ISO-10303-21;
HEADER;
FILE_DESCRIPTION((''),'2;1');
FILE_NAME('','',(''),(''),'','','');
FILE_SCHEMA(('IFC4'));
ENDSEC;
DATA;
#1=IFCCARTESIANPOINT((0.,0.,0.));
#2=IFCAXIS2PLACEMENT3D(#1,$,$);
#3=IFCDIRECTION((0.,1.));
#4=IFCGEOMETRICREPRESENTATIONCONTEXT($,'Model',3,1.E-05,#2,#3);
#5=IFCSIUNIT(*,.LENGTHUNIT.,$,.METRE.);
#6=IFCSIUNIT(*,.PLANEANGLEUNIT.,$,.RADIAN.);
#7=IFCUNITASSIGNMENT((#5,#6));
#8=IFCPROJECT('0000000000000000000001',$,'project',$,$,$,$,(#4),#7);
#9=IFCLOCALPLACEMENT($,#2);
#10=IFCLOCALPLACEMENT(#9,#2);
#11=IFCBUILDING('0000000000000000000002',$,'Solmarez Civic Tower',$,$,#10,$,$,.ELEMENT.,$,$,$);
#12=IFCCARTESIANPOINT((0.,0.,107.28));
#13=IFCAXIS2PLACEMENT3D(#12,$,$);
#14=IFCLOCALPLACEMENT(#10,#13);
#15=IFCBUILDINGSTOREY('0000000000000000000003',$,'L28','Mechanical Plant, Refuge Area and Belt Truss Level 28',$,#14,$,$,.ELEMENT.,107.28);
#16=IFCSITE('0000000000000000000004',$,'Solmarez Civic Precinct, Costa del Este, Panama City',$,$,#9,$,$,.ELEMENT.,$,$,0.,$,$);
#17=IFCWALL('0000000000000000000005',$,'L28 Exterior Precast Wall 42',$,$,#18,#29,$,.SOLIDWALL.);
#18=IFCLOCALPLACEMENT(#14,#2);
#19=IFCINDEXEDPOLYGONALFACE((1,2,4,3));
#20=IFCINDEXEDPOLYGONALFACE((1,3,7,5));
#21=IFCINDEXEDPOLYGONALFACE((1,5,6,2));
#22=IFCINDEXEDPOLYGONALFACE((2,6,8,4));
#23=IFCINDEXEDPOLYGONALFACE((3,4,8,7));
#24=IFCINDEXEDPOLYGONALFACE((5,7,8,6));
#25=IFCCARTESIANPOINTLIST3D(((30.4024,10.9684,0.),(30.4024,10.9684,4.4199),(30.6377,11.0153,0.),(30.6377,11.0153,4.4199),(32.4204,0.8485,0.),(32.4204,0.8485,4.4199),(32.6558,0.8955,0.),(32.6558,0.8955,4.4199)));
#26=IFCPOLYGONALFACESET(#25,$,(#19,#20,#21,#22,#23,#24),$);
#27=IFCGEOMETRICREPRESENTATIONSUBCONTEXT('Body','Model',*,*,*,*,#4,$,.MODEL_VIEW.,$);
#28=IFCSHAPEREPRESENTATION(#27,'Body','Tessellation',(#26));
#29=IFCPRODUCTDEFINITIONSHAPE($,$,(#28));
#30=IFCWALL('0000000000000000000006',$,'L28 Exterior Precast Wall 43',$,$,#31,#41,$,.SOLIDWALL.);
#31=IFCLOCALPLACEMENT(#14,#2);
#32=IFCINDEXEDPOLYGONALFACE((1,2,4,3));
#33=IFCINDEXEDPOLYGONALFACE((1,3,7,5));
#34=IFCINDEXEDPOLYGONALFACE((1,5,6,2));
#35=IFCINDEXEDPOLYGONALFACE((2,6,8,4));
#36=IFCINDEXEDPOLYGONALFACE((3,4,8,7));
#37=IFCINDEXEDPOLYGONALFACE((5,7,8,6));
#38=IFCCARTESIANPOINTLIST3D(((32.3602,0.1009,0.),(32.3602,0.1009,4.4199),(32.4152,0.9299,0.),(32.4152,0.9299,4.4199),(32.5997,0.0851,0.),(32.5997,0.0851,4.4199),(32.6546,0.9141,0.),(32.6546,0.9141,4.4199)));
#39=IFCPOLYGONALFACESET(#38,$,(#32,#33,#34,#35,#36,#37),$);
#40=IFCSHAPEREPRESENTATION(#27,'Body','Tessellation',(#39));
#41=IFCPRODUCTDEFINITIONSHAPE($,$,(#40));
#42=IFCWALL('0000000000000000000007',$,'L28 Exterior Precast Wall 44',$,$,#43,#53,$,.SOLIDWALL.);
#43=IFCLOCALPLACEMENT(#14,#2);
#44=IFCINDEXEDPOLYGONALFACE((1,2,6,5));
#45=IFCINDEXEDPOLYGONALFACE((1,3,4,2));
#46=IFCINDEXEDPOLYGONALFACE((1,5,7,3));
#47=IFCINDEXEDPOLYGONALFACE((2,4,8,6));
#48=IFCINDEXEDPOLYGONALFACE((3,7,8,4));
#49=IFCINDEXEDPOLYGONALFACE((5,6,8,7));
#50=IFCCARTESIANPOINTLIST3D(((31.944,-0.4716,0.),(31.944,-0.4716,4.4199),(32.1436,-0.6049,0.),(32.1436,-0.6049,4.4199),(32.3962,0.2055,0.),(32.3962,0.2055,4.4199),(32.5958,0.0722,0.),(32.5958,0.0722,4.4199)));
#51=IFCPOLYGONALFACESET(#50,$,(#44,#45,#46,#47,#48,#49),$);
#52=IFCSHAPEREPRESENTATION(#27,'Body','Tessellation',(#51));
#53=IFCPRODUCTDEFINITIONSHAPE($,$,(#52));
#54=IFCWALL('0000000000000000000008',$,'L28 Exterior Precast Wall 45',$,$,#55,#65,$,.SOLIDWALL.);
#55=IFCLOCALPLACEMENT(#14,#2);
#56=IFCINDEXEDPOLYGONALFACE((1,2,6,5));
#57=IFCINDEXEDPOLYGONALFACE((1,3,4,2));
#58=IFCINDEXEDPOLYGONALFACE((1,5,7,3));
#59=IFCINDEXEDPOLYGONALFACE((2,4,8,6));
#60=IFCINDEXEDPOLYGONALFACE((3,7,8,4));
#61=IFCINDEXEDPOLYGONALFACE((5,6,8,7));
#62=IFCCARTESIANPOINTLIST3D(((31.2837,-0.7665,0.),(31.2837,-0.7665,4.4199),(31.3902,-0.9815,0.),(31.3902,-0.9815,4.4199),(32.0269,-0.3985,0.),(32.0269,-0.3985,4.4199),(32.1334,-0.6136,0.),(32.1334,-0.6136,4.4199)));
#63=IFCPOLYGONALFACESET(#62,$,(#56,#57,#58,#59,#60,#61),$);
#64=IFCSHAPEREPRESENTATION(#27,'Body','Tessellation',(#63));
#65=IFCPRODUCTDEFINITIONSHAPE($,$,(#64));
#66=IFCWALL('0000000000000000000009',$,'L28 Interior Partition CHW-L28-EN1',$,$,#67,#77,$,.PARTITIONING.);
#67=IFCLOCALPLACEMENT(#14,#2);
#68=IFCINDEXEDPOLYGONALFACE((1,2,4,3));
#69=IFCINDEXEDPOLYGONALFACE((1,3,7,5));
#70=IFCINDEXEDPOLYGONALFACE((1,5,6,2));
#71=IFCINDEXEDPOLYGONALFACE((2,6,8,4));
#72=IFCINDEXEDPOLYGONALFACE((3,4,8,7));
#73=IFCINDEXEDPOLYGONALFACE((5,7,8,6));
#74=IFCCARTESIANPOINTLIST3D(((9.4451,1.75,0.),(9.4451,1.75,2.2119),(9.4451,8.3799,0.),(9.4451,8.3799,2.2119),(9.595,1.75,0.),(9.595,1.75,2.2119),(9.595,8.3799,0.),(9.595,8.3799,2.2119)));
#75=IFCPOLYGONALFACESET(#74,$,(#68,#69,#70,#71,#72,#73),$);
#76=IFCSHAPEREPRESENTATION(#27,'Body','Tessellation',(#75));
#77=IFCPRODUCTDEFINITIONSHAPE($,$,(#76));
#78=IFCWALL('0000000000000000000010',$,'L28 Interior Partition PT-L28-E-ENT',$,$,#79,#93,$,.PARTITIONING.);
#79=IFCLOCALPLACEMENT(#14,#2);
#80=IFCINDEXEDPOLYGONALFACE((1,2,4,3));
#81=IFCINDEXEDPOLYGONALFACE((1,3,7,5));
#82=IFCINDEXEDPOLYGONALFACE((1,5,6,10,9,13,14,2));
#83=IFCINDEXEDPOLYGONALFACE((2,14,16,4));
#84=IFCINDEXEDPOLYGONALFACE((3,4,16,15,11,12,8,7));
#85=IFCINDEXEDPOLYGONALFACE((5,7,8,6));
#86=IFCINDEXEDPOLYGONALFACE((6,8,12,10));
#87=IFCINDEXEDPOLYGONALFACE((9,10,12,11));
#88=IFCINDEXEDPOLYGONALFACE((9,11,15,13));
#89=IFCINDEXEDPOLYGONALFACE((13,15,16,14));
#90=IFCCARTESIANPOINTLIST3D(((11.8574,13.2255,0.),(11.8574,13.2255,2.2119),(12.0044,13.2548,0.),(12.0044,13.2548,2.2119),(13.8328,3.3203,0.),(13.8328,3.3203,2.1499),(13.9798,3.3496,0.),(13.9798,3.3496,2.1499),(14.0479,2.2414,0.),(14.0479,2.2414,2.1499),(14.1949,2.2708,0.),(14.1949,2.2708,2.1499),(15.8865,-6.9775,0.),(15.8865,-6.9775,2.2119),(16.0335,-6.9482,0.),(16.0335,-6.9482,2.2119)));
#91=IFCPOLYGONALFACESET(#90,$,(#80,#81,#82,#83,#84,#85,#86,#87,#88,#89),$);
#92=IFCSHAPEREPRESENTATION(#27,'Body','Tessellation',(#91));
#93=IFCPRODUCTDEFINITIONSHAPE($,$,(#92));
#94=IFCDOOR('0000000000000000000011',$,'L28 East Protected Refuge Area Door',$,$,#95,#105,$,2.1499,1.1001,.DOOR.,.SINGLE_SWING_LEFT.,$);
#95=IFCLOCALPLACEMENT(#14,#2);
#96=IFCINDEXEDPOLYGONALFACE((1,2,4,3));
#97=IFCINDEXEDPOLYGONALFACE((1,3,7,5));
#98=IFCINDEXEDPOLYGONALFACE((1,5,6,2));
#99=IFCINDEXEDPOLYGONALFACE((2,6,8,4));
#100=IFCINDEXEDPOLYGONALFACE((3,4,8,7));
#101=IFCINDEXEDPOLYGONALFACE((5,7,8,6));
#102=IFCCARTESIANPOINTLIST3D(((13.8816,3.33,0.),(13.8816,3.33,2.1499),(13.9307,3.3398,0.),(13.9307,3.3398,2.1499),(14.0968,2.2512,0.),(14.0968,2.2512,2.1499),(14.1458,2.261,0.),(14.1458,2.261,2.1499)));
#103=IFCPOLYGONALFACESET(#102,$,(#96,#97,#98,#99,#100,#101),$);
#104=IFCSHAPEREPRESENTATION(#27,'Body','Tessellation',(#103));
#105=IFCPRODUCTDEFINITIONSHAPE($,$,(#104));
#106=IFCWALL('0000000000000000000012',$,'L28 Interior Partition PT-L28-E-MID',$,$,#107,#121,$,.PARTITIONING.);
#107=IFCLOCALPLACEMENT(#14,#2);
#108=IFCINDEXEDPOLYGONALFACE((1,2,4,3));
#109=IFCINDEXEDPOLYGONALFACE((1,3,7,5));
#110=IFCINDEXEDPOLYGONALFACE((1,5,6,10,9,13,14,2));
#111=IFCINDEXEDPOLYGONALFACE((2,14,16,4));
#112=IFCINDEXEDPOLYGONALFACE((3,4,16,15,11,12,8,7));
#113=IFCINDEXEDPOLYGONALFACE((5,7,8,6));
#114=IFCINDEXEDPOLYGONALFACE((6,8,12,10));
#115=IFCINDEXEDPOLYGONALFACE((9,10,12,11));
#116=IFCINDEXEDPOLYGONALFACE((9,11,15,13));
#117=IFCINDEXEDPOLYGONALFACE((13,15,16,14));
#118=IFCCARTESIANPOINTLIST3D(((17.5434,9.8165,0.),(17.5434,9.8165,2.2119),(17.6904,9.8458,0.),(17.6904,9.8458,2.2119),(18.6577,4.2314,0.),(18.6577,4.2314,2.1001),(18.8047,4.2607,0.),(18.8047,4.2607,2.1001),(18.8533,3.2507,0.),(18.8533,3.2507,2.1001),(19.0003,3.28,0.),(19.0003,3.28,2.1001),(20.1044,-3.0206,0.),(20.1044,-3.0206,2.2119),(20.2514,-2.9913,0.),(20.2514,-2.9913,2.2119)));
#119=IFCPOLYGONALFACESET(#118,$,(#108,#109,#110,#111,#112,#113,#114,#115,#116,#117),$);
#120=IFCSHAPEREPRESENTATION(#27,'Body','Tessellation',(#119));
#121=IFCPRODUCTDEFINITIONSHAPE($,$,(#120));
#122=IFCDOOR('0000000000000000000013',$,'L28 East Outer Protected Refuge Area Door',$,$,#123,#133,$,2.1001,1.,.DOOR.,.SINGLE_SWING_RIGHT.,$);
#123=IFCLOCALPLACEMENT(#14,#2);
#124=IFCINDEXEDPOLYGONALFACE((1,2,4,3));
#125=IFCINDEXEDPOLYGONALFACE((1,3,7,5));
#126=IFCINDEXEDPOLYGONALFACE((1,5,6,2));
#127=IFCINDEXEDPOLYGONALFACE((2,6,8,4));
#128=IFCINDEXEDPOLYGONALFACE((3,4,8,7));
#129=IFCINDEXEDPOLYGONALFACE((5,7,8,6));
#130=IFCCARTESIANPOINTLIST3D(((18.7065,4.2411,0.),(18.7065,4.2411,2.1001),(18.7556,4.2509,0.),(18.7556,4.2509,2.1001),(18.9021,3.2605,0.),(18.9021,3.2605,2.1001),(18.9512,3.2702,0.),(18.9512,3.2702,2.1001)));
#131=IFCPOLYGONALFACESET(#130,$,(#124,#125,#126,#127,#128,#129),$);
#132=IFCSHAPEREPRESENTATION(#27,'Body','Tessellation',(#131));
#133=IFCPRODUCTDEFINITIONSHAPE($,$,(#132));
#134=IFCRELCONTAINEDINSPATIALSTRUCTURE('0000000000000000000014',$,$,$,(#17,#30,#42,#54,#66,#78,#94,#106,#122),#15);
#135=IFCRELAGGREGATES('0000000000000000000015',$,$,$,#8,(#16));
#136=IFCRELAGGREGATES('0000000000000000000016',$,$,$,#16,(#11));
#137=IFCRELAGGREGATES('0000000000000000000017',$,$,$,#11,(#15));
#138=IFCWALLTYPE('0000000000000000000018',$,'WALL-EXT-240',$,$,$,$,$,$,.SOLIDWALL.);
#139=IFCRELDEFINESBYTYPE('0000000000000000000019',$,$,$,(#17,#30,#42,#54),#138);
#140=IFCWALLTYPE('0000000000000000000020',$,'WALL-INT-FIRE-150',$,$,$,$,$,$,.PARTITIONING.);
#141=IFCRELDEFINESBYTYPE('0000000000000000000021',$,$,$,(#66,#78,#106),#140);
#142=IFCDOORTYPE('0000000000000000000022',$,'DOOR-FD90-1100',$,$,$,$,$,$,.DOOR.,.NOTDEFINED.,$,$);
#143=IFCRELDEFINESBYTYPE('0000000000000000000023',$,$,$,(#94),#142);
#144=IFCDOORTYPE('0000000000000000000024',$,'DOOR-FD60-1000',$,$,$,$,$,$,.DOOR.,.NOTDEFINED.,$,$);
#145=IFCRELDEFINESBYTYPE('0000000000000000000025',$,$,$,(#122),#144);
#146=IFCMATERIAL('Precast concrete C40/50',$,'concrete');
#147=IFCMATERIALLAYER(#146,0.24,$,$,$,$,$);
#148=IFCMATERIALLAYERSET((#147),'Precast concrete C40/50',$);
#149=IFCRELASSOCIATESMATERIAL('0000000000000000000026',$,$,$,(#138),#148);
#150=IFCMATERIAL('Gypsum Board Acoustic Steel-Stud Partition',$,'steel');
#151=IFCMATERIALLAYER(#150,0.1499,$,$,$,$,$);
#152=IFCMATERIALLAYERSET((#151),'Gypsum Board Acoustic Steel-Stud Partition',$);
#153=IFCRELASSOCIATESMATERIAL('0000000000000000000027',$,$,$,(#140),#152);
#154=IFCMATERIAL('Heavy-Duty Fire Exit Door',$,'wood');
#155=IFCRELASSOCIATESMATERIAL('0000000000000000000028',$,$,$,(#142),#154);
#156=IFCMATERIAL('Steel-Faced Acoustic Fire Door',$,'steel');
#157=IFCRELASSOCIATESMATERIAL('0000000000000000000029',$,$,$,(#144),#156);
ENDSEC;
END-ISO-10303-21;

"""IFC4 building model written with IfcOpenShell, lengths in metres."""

from ifc_helpers import new_model, si_unit, direction, frame, frame_2d, origin, place, context, subcontext, project, spatial, rectangle, extrude, material, layer, layer_set, type_object, element, fill, save


model = new_model("IFC4")

# Units and contexts
model_context = context("Model", 3, precision=1e-05, world=origin(), true_north=direction((0.0, 1.0)))
body_context = subcontext(model_context, "Body", "Model", "MODEL_VIEW")
ifc_project = project(units=[si_unit("LENGTHUNIT", "METRE"), si_unit("PLANEANGLEUNIT", "RADIAN")], contexts=[model_context])

# Site, building, storey
site_placement = place(None, origin())
site = spatial("IfcSite", under=ifc_project, at=site_placement, Name="Solmarez Civic Precinct, Costa del Este, Panama City", CompositionType="ELEMENT", RefElevation=0.0)
building_placement = place(site_placement, origin())
building = spatial("IfcBuilding", under=site, at=building_placement, Name="Solmarez Civic Tower", CompositionType="ELEMENT")
storey_placement = place(building_placement, frame((0.0, 0.0, 107.28)))
storey = spatial("IfcBuildingStorey", under=building, at=storey_placement, Name="L28", Description="Mechanical Plant, Refuge Area and Belt Truss Level 28", CompositionType="ELEMENT", Elevation=107.28)

# Walls
ifc_material_1 = material(Name="Precast concrete C40/50", Category="concrete")
ifc_layer_1 = layer(ifc_material_1, 0.24)
ifc_layer_set_1 = layer_set([ifc_layer_1], Name="Precast concrete C40/50")
wall_type_1 = type_object("IfcWallType", Name="WALL-EXT-240", PredefinedType="SOLIDWALL", material=ifc_layer_set_1)
wall_1_placement = place(storey_placement, frame((30.52, 10.9919, 0.0), z_axis=(0.0, 0.0, 1.0), x_axis=(0.195566, -0.980691, 0.0)))
element("IfcWall", 1, at=wall_1_placement, inside=storey, type_object=wall_type_1, Name="L28 Exterior Precast Wall 42", PredefinedType="SOLIDWALL", context=body_context, shape_type="SweptSolid", body=[
    extrude(rectangle(XDim=10.3191, YDim=0.24, at=frame_2d((5.1597, 0.0))), origin(), (0.0, 0.0, 1.0), 4.4199),
])
wall_2_placement = place(storey_placement, frame((32.5349, 0.9221, 0.0), z_axis=(0.0, 0.0, 1.0), x_axis=(-0.066109, -0.997812, 0.0)))
element("IfcWall", 2, at=wall_2_placement, inside=storey, type_object=wall_type_1, Name="L28 Exterior Precast Wall 43", PredefinedType="SOLIDWALL", context=body_context, shape_type="SweptSolid", body=[
    extrude(rectangle(XDim=0.8308, YDim=0.24, at=frame_2d((0.4155, 0.0))), origin(), (0.0, 0.0, 1.0), 4.4199),
])
wall_3_placement = place(storey_placement, frame((32.4961, 0.1389, 0.0), z_axis=(0.0, 0.0, 1.0), x_axis=(-0.555392, -0.831589, 0.0)))
element("IfcWall", 3, at=wall_3_placement, inside=storey, type_object=wall_type_1, Name="L28 Exterior Precast Wall 44", PredefinedType="SOLIDWALL", context=body_context, shape_type="SweptSolid", body=[
    extrude(rectangle(XDim=0.8142, YDim=0.24, at=frame_2d((0.4072, 0.0))), origin(), (0.0, 0.0, 1.0), 4.4199),
])
wall_4_placement = place(storey_placement, frame((32.0801, -0.5061, 0.0), z_axis=(0.0, 0.0, 1.0), x_axis=(-0.896187, -0.443677, 0.0)))
element("IfcWall", 4, at=wall_4_placement, inside=storey, type_object=wall_type_1, Name="L28 Exterior Precast Wall 45", PredefinedType="SOLIDWALL", context=body_context, shape_type="SweptSolid", body=[
    extrude(rectangle(XDim=0.8293, YDim=0.24, at=frame_2d((0.4146, 0.0))), origin(), (0.0, 0.0, 1.0), 4.4199),
])
ifc_material_2 = material(Name="Gypsum Board Acoustic Steel-Stud Partition", Category="steel")
ifc_layer_2 = layer(ifc_material_2, 0.1499)
ifc_layer_set_2 = layer_set([ifc_layer_2], Name="Gypsum Board Acoustic Steel-Stud Partition")
wall_type_2 = type_object("IfcWallType", Name="WALL-INT-FIRE-150", PredefinedType="PARTITIONING", material=ifc_layer_set_2)
wall_5_placement = place(storey_placement, frame((9.52, 1.75, 0.0), z_axis=(0.0, 0.0, 1.0), x_axis=(0.0, 1.0, 0.0)))
element("IfcWall", 5, at=wall_5_placement, inside=storey, type_object=wall_type_2, Name="L28 Interior Partition CHW-L28-EN1", PredefinedType="PARTITIONING", context=body_context, shape_type="SweptSolid", body=[
    extrude(rectangle(XDim=6.6299, YDim=0.1499, at=frame_2d((3.3149, 0.0))), origin(), (0.0, 0.0, 1.0), 2.2119),
])

# Walls, openings, doors
wall_6_placement = place(storey_placement, frame((11.9309, 13.24, 0.0), z_axis=(0.0, 0.0, 1.0), x_axis=(0.195578, -0.980688, 0.0)))
wall_6 = element("IfcWall", 6, at=wall_6_placement, inside=storey, type_object=wall_type_2, Name="L28 Interior Partition PT-L28-E-ENT", PredefinedType="PARTITIONING", context=body_context, shape_type="SweptSolid", body=[
    extrude(rectangle(XDim=20.6008, YDim=0.1499, at=frame_2d((10.3003, 0.0))), origin(), (0.0, 0.0, 1.0), 2.2119),
])
opening_1_placement = place(wall_6_placement, frame((10.1001, 0.0, 0.0)))
opening_1 = element("IfcOpeningElement", 7, at=opening_1_placement, cuts=wall_6, PredefinedType="OPENING", context=body_context, shape_type="SweptSolid", body=[
    extrude(rectangle(XDim=1.1001, YDim=2.1499, at=frame_2d((0.55, 1.075))), frame((0.0, 0.085, 0.0), z_axis=(0.0, -1.0, 0.0), x_axis=(1.0, 0.0, 0.0)), (0.0, 0.0, 1.0), 0.1699),
])
ifc_material_3 = material(Name="Heavy-Duty Fire Exit Door", Category="wood")
door_type_1 = type_object("IfcDoorType", Name="DOOR-FD90-1100", OperationType="NOTDEFINED", PredefinedType="DOOR", material=ifc_material_3)
door_1_placement = place(opening_1_placement, origin())
door_1 = element("IfcDoor", 8, at=door_1_placement, inside=storey, type_object=door_type_1, Name="L28 East Protected Refuge Area Door", OperationType="SINGLE_SWING_LEFT", OverallHeight=2.1499, OverallWidth=1.1001, PredefinedType="DOOR", context=body_context, shape_type="SweptSolid", body=[
    extrude(rectangle(XDim=1.1001, YDim=2.1499, at=frame_2d((0.55, 1.075))), frame((0.0, 0.0249, 0.0), z_axis=(0.0, -1.0, 0.0), x_axis=(1.0, 0.0, 0.0)), (0.0, 0.0, 1.0), 0.05),
])
fill(opening_1, door_1)
wall_7_placement = place(storey_placement, frame((17.6169, 9.8311, 0.0), z_axis=(0.0, 0.0, 1.0), x_axis=(0.195646, -0.980675, 0.0)))
wall_7 = element("IfcWall", 9, at=wall_7_placement, inside=storey, type_object=wall_type_2, Name="L28 Interior Partition PT-L28-E-MID", PredefinedType="PARTITIONING", context=body_context, shape_type="SweptSolid", body=[
    extrude(rectangle(XDim=13.0901, YDim=0.1499, at=frame_2d((6.5449, 0.0))), origin(), (0.0, 0.0, 1.0), 2.2119),
])
opening_2_placement = place(wall_7_placement, frame((5.6951, 0.0, 0.0)))
opening_2 = element("IfcOpeningElement", 10, at=opening_2_placement, cuts=wall_7, PredefinedType="OPENING", context=body_context, shape_type="SweptSolid", body=[
    extrude(rectangle(XDim=1.0, YDim=2.1001, at=frame_2d((0.5, 1.05))), frame((0.0, 0.085, 0.0), z_axis=(0.0, -1.0, 0.0), x_axis=(1.0, 0.0, 0.0)), (0.0, 0.0, 1.0), 0.1699),
])
ifc_material_4 = material(Name="Steel-Faced Acoustic Fire Door", Category="steel")
door_type_2 = type_object("IfcDoorType", Name="DOOR-FD60-1000", OperationType="NOTDEFINED", PredefinedType="DOOR", material=ifc_material_4)
door_2_placement = place(opening_2_placement, origin())
door_2 = element("IfcDoor", 11, at=door_2_placement, inside=storey, type_object=door_type_2, Name="L28 East Outer Protected Refuge Area Door", OperationType="SINGLE_SWING_RIGHT", OverallHeight=2.1001, OverallWidth=1.0, PredefinedType="DOOR", context=body_context, shape_type="SweptSolid", body=[
    extrude(rectangle(XDim=1.0, YDim=2.1001, at=frame_2d((0.5, 1.05))), frame((0.0, 0.0249, 0.0), z_axis=(0.0, -1.0, 0.0), x_axis=(1.0, 0.0, 0.0)), (0.0, 0.0, 1.0), 0.05),
])
fill(opening_2, door_2)

save(model, "model.ifc")
